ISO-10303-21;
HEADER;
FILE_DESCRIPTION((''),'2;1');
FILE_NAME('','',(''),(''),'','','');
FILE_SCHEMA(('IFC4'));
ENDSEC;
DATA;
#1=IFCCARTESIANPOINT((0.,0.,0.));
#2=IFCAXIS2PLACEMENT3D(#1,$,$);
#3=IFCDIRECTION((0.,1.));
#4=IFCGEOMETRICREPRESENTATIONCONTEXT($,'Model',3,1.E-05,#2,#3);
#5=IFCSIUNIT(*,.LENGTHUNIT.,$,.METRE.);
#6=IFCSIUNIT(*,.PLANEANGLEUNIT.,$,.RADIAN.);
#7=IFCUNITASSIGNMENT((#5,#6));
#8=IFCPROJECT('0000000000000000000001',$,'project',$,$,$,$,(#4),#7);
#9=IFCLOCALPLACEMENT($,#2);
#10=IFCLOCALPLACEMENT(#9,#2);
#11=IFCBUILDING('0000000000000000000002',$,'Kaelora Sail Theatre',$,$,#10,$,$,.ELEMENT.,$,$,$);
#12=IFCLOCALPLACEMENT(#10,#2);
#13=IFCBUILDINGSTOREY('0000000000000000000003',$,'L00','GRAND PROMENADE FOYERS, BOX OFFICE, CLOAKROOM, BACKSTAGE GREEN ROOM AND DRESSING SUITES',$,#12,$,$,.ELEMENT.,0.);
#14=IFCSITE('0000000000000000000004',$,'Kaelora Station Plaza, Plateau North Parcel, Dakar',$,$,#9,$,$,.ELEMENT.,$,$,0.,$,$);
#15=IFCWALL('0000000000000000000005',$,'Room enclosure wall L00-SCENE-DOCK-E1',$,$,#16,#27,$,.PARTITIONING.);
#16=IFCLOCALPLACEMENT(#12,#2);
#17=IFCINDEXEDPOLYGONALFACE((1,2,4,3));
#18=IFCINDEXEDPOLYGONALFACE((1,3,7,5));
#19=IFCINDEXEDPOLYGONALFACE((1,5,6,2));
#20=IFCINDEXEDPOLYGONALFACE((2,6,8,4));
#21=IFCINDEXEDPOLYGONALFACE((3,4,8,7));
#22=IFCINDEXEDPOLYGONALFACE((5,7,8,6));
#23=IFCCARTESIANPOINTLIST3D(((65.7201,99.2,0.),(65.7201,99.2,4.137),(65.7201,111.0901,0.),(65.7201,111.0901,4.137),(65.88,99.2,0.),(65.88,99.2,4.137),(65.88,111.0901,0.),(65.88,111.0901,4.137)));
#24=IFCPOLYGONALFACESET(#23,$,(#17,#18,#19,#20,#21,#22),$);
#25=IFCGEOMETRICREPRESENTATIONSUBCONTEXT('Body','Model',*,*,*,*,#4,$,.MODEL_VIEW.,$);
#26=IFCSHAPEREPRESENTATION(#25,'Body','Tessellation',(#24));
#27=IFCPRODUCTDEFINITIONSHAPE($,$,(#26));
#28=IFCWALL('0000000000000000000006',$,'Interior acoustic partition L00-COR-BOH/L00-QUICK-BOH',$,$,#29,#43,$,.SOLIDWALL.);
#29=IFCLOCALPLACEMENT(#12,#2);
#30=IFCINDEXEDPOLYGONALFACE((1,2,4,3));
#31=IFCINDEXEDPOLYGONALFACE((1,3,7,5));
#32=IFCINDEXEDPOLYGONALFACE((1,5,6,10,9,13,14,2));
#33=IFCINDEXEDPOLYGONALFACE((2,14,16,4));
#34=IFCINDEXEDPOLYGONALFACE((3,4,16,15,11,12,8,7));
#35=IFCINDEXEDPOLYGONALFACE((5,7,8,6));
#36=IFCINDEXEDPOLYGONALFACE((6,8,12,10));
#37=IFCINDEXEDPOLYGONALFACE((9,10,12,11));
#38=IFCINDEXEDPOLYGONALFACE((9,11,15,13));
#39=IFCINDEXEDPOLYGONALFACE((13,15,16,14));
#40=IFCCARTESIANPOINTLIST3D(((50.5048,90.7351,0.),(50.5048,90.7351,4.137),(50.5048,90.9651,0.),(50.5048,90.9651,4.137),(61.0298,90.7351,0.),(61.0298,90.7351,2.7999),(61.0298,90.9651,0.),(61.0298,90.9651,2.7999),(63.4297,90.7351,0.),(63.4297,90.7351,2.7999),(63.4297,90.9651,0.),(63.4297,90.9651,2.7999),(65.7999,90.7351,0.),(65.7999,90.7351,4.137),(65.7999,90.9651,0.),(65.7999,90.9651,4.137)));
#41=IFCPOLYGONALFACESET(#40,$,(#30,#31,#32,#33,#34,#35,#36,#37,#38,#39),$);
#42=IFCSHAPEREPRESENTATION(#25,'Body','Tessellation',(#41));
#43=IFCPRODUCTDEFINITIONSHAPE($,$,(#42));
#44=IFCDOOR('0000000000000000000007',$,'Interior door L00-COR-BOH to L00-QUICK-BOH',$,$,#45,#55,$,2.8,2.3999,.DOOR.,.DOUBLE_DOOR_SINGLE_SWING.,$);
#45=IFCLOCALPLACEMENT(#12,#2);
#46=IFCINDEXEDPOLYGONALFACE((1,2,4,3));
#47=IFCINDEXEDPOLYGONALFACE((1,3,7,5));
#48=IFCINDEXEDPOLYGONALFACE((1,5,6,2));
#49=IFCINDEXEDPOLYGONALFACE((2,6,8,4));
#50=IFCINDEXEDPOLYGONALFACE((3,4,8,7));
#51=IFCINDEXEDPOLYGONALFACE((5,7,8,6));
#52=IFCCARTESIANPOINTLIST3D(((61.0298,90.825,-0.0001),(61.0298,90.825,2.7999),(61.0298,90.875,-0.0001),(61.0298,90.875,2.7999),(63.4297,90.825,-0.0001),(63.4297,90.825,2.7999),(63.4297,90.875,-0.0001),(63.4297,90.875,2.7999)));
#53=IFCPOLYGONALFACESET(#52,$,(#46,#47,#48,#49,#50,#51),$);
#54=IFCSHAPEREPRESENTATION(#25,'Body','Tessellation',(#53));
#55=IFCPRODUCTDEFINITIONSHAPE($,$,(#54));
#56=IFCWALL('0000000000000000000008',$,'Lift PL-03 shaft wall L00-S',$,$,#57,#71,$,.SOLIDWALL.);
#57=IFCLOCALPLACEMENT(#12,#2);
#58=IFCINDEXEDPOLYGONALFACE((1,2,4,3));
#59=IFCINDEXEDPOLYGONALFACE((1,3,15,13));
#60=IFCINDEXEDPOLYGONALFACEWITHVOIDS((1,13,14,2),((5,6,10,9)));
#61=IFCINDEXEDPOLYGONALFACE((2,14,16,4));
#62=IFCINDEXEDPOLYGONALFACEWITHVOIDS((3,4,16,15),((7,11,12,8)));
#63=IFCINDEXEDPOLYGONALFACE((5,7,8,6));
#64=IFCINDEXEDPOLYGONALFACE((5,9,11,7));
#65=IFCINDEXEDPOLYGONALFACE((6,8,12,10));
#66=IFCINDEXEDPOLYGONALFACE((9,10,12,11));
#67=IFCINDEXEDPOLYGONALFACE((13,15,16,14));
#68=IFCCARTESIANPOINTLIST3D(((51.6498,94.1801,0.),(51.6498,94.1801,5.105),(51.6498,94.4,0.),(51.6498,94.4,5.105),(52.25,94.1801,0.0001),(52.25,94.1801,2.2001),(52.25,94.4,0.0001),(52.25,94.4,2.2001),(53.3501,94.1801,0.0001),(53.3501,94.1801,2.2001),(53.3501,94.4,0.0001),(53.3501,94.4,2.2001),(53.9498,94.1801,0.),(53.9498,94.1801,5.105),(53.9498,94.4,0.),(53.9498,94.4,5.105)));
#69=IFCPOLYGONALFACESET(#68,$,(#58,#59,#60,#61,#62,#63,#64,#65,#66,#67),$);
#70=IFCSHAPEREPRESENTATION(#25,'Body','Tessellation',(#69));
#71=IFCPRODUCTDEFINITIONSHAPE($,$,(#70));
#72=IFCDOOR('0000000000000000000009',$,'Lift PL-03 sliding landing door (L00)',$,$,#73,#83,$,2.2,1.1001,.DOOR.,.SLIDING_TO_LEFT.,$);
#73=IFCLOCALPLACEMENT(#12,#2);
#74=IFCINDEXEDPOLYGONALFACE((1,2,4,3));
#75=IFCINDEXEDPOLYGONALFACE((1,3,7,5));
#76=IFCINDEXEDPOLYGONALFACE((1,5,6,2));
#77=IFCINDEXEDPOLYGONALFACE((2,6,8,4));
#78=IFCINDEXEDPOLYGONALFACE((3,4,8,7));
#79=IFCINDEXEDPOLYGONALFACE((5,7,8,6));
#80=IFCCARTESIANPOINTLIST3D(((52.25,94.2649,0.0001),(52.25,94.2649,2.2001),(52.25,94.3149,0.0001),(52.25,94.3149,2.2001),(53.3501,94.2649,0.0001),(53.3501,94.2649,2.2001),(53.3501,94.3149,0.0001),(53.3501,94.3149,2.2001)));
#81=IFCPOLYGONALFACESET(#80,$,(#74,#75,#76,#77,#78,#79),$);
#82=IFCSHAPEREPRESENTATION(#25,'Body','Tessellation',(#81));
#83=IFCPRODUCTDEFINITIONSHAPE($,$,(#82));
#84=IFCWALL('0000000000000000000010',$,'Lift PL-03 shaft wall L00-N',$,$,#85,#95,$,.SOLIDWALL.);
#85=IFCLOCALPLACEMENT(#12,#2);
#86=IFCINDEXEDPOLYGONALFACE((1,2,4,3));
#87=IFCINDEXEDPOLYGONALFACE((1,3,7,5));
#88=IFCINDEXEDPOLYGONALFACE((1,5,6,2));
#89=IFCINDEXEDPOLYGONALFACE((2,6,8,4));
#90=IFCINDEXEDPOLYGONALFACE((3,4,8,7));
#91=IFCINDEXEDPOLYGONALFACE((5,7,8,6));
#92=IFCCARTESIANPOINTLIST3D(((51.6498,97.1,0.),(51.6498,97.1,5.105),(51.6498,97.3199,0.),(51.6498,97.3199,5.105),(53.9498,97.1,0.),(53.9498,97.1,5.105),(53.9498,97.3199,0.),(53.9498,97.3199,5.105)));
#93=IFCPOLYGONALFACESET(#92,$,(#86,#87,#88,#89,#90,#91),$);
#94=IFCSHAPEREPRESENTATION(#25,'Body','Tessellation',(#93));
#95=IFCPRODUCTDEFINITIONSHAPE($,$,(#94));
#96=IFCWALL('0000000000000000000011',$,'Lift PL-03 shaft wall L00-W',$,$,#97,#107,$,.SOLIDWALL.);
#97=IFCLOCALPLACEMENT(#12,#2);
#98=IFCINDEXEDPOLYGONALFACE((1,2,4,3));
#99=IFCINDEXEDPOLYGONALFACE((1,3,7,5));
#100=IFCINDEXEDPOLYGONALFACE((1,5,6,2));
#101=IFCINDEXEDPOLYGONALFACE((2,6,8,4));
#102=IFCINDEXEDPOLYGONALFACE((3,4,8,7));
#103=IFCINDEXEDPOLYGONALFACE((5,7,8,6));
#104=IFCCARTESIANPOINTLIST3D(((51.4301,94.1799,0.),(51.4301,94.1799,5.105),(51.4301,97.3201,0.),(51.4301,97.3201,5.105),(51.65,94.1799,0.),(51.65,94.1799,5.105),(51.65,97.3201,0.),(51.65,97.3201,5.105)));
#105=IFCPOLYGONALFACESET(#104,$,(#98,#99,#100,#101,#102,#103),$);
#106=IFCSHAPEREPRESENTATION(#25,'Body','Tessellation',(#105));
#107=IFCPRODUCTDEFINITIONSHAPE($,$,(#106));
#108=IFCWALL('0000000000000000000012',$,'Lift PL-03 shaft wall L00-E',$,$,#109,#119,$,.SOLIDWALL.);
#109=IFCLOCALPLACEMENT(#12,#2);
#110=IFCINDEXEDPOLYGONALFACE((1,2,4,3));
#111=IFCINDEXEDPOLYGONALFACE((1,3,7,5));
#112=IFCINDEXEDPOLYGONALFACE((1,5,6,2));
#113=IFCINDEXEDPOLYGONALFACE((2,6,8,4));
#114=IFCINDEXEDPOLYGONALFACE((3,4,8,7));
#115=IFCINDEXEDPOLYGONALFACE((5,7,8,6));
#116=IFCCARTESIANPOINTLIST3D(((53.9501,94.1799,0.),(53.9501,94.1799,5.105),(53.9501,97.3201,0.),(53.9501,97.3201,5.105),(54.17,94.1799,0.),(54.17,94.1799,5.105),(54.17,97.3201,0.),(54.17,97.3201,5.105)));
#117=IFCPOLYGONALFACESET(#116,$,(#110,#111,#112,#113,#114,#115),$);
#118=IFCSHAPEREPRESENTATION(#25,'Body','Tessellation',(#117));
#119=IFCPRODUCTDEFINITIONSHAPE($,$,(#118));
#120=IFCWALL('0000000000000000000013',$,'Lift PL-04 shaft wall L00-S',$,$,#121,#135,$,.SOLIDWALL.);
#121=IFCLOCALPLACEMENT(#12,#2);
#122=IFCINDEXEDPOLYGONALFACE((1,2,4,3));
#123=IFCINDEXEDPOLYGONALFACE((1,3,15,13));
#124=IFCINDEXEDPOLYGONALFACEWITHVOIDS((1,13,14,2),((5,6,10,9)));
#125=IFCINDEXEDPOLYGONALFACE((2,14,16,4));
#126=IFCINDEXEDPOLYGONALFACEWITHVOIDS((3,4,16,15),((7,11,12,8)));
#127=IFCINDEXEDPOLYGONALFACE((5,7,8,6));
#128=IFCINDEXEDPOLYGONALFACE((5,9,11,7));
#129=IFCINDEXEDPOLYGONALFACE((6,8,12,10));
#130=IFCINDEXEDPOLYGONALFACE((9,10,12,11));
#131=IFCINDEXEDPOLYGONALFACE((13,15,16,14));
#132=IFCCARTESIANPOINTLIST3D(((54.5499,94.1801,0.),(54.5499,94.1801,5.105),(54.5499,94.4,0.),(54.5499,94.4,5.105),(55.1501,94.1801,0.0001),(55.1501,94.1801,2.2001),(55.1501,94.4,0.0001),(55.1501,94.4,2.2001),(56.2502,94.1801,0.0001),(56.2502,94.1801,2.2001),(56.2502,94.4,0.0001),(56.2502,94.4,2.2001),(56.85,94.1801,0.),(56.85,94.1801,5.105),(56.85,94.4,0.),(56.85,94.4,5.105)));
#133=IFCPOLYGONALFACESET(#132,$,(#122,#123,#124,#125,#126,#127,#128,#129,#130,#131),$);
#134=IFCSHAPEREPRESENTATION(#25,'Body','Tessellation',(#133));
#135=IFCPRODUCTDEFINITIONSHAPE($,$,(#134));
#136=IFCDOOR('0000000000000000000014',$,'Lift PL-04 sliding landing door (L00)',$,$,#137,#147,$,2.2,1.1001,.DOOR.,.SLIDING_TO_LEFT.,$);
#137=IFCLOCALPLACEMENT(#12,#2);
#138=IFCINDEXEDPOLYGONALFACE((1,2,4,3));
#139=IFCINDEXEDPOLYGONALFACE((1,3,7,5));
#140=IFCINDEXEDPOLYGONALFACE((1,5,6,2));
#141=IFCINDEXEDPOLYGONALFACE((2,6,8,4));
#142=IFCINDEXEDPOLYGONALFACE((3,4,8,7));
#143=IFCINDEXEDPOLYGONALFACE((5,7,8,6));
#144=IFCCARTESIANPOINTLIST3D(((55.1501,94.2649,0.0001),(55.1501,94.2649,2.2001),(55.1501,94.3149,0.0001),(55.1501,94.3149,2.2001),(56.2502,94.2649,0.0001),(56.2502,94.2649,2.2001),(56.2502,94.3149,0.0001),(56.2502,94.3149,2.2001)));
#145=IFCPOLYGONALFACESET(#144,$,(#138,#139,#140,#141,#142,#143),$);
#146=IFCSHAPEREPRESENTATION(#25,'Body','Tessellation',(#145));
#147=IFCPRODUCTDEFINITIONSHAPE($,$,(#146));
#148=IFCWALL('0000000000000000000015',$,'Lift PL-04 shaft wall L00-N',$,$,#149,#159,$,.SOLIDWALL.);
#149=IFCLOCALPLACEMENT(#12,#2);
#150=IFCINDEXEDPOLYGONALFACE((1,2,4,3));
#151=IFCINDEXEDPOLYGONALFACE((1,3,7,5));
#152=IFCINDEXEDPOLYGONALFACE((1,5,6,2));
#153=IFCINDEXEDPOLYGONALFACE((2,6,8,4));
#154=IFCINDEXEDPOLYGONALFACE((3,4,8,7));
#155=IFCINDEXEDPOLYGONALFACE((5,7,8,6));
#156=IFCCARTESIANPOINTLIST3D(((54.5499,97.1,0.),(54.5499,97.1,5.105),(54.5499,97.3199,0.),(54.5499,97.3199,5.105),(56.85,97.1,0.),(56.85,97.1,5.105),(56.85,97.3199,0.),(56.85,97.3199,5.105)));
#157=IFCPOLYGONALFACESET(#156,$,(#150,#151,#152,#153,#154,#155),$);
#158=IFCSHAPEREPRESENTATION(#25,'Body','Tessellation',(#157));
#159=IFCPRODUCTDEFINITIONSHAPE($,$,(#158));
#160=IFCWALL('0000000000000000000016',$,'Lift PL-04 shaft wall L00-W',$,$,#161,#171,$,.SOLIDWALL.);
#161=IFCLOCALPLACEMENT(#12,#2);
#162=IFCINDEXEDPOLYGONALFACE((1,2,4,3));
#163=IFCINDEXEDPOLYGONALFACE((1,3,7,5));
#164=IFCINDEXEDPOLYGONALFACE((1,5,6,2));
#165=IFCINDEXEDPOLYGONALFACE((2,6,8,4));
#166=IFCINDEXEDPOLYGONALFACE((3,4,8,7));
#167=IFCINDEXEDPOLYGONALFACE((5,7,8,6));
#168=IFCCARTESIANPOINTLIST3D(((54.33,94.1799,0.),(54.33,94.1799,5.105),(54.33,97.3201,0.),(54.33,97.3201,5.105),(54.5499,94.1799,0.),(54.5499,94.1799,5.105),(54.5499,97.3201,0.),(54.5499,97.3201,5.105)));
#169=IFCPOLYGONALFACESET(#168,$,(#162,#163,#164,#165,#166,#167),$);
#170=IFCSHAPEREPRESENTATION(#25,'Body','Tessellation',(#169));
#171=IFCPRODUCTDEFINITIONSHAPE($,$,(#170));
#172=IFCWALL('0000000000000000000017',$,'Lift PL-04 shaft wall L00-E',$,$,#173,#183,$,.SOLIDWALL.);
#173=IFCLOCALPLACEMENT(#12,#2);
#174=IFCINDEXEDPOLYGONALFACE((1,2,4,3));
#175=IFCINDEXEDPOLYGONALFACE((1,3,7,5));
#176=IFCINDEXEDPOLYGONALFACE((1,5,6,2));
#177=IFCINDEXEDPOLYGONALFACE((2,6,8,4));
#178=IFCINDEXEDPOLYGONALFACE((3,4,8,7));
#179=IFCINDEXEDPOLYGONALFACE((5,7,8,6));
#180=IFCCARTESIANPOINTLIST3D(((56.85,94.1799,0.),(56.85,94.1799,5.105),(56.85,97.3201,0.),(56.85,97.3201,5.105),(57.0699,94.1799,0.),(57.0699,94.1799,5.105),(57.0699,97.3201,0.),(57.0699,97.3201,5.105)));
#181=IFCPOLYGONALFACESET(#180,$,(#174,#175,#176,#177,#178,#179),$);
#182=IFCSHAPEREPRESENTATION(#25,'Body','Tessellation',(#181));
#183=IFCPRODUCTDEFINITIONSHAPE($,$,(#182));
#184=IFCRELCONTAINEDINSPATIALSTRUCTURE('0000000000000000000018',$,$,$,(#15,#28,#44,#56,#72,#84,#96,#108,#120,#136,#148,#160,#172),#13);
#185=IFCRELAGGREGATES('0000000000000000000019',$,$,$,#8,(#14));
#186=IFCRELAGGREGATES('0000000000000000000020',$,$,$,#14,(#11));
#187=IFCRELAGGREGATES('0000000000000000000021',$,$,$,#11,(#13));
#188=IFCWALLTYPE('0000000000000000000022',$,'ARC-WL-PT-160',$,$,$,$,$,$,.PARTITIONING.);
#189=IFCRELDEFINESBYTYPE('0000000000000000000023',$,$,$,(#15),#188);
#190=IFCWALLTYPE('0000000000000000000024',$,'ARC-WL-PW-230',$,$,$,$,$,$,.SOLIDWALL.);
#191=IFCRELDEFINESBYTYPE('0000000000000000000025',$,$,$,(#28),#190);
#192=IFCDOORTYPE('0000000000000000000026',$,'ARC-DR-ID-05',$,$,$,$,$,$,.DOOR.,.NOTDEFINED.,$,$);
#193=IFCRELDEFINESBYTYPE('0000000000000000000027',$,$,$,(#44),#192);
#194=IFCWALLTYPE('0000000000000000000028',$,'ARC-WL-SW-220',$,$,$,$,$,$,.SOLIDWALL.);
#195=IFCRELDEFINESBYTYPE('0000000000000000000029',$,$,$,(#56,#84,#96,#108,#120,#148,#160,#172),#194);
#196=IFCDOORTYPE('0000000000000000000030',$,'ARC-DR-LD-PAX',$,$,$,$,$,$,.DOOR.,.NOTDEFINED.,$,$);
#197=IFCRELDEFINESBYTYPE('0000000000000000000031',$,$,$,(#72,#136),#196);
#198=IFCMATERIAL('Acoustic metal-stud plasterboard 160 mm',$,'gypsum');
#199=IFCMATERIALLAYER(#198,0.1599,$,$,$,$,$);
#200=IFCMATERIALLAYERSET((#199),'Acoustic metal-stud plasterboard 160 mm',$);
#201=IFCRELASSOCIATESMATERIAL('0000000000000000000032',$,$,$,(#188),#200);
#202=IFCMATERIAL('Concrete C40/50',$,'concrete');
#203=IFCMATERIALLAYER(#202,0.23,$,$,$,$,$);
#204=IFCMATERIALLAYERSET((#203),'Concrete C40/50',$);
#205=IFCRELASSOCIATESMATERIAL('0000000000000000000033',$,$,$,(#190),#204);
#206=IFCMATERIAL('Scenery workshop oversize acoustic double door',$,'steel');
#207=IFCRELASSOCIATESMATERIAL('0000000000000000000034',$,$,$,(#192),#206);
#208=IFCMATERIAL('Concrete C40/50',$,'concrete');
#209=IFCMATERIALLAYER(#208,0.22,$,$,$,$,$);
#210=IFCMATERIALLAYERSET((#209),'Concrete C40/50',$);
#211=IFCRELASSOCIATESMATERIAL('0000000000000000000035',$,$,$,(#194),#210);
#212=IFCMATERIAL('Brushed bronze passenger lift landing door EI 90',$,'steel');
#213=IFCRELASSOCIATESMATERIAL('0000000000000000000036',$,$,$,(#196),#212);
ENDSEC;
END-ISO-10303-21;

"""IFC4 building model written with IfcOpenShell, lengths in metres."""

from ifc_helpers import new_model, si_unit, direction, frame, frame_2d, origin, place, context, subcontext, project, spatial, rectangle, extrude, material, layer, layer_set, type_object, element, fill, save


model = new_model("IFC4")

# Units and contexts
model_context = context("Model", 3, precision=1e-05, world=origin(), true_north=direction((0.0, 1.0)))
body_context = subcontext(model_context, "Body", "Model", "MODEL_VIEW")
ifc_project = project(units=[si_unit("LENGTHUNIT", "METRE"), si_unit("PLANEANGLEUNIT", "RADIAN")], contexts=[model_context])

# Site, building, storey
site_placement = place(None, origin())
site = spatial("IfcSite", under=ifc_project, at=site_placement, Name="Kaelora Station Plaza, Plateau North Parcel, Dakar", CompositionType="ELEMENT", RefElevation=0.0)
building_placement = place(site_placement, origin())
building = spatial("IfcBuilding", under=site, at=building_placement, Name="Kaelora Sail Theatre", CompositionType="ELEMENT")
storey_placement = place(building_placement, origin())
storey = spatial("IfcBuildingStorey", under=building, at=storey_placement, Name="L00", Description="GRAND PROMENADE FOYERS, BOX OFFICE, CLOAKROOM, BACKSTAGE GREEN ROOM AND DRESSING SUITES", CompositionType="ELEMENT", Elevation=0.0)

# Wall
ifc_material_1 = material(Name="Acoustic metal-stud plasterboard 160 mm", Category="gypsum")
ifc_layer_1 = layer(ifc_material_1, 0.1599)
ifc_layer_set_1 = layer_set([ifc_layer_1], Name="Acoustic metal-stud plasterboard 160 mm")
wall_type_1 = type_object("IfcWallType", Name="ARC-WL-PT-160", PredefinedType="PARTITIONING", material=ifc_layer_set_1)
wall_1_placement = place(storey_placement, frame((65.8, 99.2, 0.0), z_axis=(0.0, 0.0, 1.0), x_axis=(0.0, 1.0, 0.0)))
element("IfcWall", 1, at=wall_1_placement, inside=storey, type_object=wall_type_1, Name="Room enclosure wall L00-SCENE-DOCK-E1", PredefinedType="PARTITIONING", context=body_context, shape_type="SweptSolid", body=[
    extrude(rectangle(XDim=11.8901, YDim=0.1599, at=frame_2d((5.9451, 0.0))), origin(), (0.0, 0.0, 1.0), 4.137),
])

# Walls, openings, doors
ifc_material_2 = material(Name="Concrete C40/50", Category="concrete")
ifc_layer_2 = layer(ifc_material_2, 0.23)
ifc_layer_set_2 = layer_set([ifc_layer_2], Name="Concrete C40/50")
wall_type_2 = type_object("IfcWallType", Name="ARC-WL-PW-230", PredefinedType="SOLIDWALL", material=ifc_layer_set_2)
wall_2_placement = place(storey_placement, frame((50.5049, 90.8501, 0.0), z_axis=(0.0, 0.0, 1.0), x_axis=(1.0, 0.0, 0.0)))
wall_2 = element("IfcWall", 2, at=wall_2_placement, inside=storey, type_object=wall_type_2, Name="Interior acoustic partition L00-COR-BOH/L00-QUICK-BOH", PredefinedType="SOLIDWALL", context=body_context, shape_type="SweptSolid", body=[
    extrude(rectangle(XDim=15.2952, YDim=0.23, at=frame_2d((7.6475, 0.0))), origin(), (0.0, 0.0, 1.0), 4.137),
])
opening_1_placement = place(wall_2_placement, frame((10.5249, 0.0, 0.0)))
opening_1 = element("IfcOpeningElement", 3, at=opening_1_placement, cuts=wall_2, PredefinedType="OPENING", context=body_context, shape_type="SweptSolid", body=[
    extrude(rectangle(XDim=2.3999, YDim=2.8, at=frame_2d((1.2, 1.3999))), frame((0.0, 0.125, 0.0), z_axis=(0.0, -1.0, 0.0), x_axis=(1.0, 0.0, 0.0)), (0.0, 0.0, 1.0), 0.25),
])
ifc_material_3 = material(Name="Scenery workshop oversize acoustic double door", Category="steel")
door_type_1 = type_object("IfcDoorType", Name="ARC-DR-ID-05", OperationType="NOTDEFINED", PredefinedType="DOOR", material=ifc_material_3)
door_1_placement = place(opening_1_placement, origin())
door_1 = element("IfcDoor", 4, at=door_1_placement, inside=storey, type_object=door_type_1, Name="Interior door L00-COR-BOH to L00-QUICK-BOH", OperationType="DOUBLE_DOOR_SINGLE_SWING", OverallHeight=2.8, OverallWidth=2.3999, PredefinedType="DOOR", context=body_context, shape_type="SweptSolid", body=[
    extrude(rectangle(XDim=2.3999, YDim=2.8, at=frame_2d((1.2, 1.3999))), frame((0.0, 0.0249, 0.0), z_axis=(0.0, -1.0, 0.0), x_axis=(1.0, 0.0, 0.0)), (0.0, 0.0, 1.0), 0.05),
])
fill(opening_1, door_1)
ifc_material_4 = material(Name="Concrete C40/50", Category="concrete")
ifc_layer_3 = layer(ifc_material_4, 0.22)
ifc_layer_set_3 = layer_set([ifc_layer_3], Name="Concrete C40/50")
wall_type_3 = type_object("IfcWallType", Name="ARC-WL-SW-220", PredefinedType="SOLIDWALL", material=ifc_layer_set_3)
wall_3_placement = place(storey_placement, frame((51.6499, 94.29, 0.0), z_axis=(0.0, 0.0, 1.0), x_axis=(1.0, 0.0, 0.0)))
wall_3 = element("IfcWall", 5, at=wall_3_placement, inside=storey, type_object=wall_type_3, Name="Lift PL-03 shaft wall L00-S", PredefinedType="SOLIDWALL", context=body_context, shape_type="SweptSolid", body=[
    extrude(rectangle(XDim=2.3, YDim=0.22, at=frame_2d((1.1499, 0.0))), origin(), (0.0, 0.0, 1.0), 5.105),
])
opening_2_placement = place(wall_3_placement, frame((0.6001, 0.0, 0.0)))
opening_2 = element("IfcOpeningElement", 6, at=opening_2_placement, cuts=wall_3, PredefinedType="OPENING", context=body_context, shape_type="SweptSolid", body=[
    extrude(rectangle(XDim=1.1001, YDim=2.2, at=frame_2d((0.55, 1.1001))), frame((0.0, 0.1199, 0.0), z_axis=(0.0, -1.0, 0.0), x_axis=(1.0, 0.0, 0.0)), (0.0, 0.0, 1.0), 0.24),
])
ifc_material_5 = material(Name="Brushed bronze passenger lift landing door EI 90", Category="steel")
door_type_2 = type_object("IfcDoorType", Name="ARC-DR-LD-PAX", OperationType="NOTDEFINED", PredefinedType="DOOR", material=ifc_material_5)
door_2_placement = place(opening_2_placement, origin())
door_2 = element("IfcDoor", 7, at=door_2_placement, inside=storey, type_object=door_type_2, Name="Lift PL-03 sliding landing door (L00)", OperationType="SLIDING_TO_LEFT", OverallHeight=2.2, OverallWidth=1.1001, PredefinedType="DOOR", context=body_context, shape_type="SweptSolid", body=[
    extrude(rectangle(XDim=1.1001, YDim=2.2, at=frame_2d((0.55, 1.1001))), frame((0.0, 0.0249, 0.0), z_axis=(0.0, -1.0, 0.0), x_axis=(1.0, 0.0, 0.0)), (0.0, 0.0, 1.0), 0.05),
])
fill(opening_2, door_2)

# Walls
wall_4_placement = place(storey_placement, frame((51.6499, 97.21, 0.0), z_axis=(0.0, 0.0, 1.0), x_axis=(1.0, 0.0, 0.0)))
element("IfcWall", 8, at=wall_4_placement, inside=storey, type_object=wall_type_3, Name="Lift PL-03 shaft wall L00-N", PredefinedType="SOLIDWALL", context=body_context, shape_type="SweptSolid", body=[
    extrude(rectangle(XDim=2.3, YDim=0.22, at=frame_2d((1.1499, 0.0))), origin(), (0.0, 0.0, 1.0), 5.105),
])
for number, where, z_axis, x_axis, name in (
    (9, (51.54, 94.1799, 0.0), (0.0, 0.0, 1.0), (0.0, 1.0, 0.0), "Lift PL-03 shaft wall L00-W"),
    (10, (54.0601, 94.1799, 0.0), (0.0, 0.0, 1.0), (0.0, 1.0, 0.0), "Lift PL-03 shaft wall L00-E"),
):
    element("IfcWall", number, at=place(storey_placement, frame(where, z_axis=z_axis, x_axis=x_axis)), inside=storey, type_object=wall_type_3, Name=name, PredefinedType="SOLIDWALL", context=body_context, shape_type="SweptSolid", body=[
        extrude(rectangle(XDim=3.1401, YDim=0.22, at=frame_2d((1.5701, 0.0))), origin(), (0.0, 0.0, 1.0), 5.105),
    ])

# Wall, opening, door
wall_5_placement = place(storey_placement, frame((54.55, 94.29, 0.0), z_axis=(0.0, 0.0, 1.0), x_axis=(1.0, 0.0, 0.0)))
wall_5 = element("IfcWall", 11, at=wall_5_placement, inside=storey, type_object=wall_type_3, Name="Lift PL-04 shaft wall L00-S", PredefinedType="SOLIDWALL", context=body_context, shape_type="SweptSolid", body=[
    extrude(rectangle(XDim=2.3, YDim=0.22, at=frame_2d((1.1499, 0.0))), origin(), (0.0, 0.0, 1.0), 5.105),
])
opening_3_placement = place(wall_5_placement, frame((0.6001, 0.0, 0.0)))
opening_3 = element("IfcOpeningElement", 12, at=opening_3_placement, cuts=wall_5, PredefinedType="OPENING", context=body_context, shape_type="SweptSolid", body=[
    extrude(rectangle(XDim=1.1001, YDim=2.2, at=frame_2d((0.55, 1.1001))), frame((0.0, 0.1199, 0.0), z_axis=(0.0, -1.0, 0.0), x_axis=(1.0, 0.0, 0.0)), (0.0, 0.0, 1.0), 0.24),
])
door_3_placement = place(opening_3_placement, origin())
door_3 = element("IfcDoor", 13, at=door_3_placement, inside=storey, type_object=door_type_2, Name="Lift PL-04 sliding landing door (L00)", OperationType="SLIDING_TO_LEFT", OverallHeight=2.2, OverallWidth=1.1001, PredefinedType="DOOR", context=body_context, shape_type="SweptSolid", body=[
    extrude(rectangle(XDim=1.1001, YDim=2.2, at=frame_2d((0.55, 1.1001))), frame((0.0, 0.0249, 0.0), z_axis=(0.0, -1.0, 0.0), x_axis=(1.0, 0.0, 0.0)), (0.0, 0.0, 1.0), 0.05),
])
fill(opening_3, door_3)

# Walls
wall_6_placement = place(storey_placement, frame((54.55, 97.21, 0.0), z_axis=(0.0, 0.0, 1.0), x_axis=(1.0, 0.0, 0.0)))
element("IfcWall", 14, at=wall_6_placement, inside=storey, type_object=wall_type_3, Name="Lift PL-04 shaft wall L00-N", PredefinedType="SOLIDWALL", context=body_context, shape_type="SweptSolid", body=[
    extrude(rectangle(XDim=2.3, YDim=0.22, at=frame_2d((1.1499, 0.0))), origin(), (0.0, 0.0, 1.0), 5.105),
])
for number, where, z_axis, x_axis, name in (
    (15, (54.4399, 94.1799, 0.0), (0.0, 0.0, 1.0), (0.0, 1.0, 0.0), "Lift PL-04 shaft wall L00-W"),
    (16, (56.96, 94.1799, 0.0), (0.0, 0.0, 1.0), (0.0, 1.0, 0.0), "Lift PL-04 shaft wall L00-E"),
):
    element("IfcWall", number, at=place(storey_placement, frame(where, z_axis=z_axis, x_axis=x_axis)), inside=storey, type_object=wall_type_3, Name=name, PredefinedType="SOLIDWALL", context=body_context, shape_type="SweptSolid", body=[
        extrude(rectangle(XDim=3.1401, YDim=0.22, at=frame_2d((1.5701, 0.0))), origin(), (0.0, 0.0, 1.0), 5.105),
    ])

save(model, "model.ifc")
